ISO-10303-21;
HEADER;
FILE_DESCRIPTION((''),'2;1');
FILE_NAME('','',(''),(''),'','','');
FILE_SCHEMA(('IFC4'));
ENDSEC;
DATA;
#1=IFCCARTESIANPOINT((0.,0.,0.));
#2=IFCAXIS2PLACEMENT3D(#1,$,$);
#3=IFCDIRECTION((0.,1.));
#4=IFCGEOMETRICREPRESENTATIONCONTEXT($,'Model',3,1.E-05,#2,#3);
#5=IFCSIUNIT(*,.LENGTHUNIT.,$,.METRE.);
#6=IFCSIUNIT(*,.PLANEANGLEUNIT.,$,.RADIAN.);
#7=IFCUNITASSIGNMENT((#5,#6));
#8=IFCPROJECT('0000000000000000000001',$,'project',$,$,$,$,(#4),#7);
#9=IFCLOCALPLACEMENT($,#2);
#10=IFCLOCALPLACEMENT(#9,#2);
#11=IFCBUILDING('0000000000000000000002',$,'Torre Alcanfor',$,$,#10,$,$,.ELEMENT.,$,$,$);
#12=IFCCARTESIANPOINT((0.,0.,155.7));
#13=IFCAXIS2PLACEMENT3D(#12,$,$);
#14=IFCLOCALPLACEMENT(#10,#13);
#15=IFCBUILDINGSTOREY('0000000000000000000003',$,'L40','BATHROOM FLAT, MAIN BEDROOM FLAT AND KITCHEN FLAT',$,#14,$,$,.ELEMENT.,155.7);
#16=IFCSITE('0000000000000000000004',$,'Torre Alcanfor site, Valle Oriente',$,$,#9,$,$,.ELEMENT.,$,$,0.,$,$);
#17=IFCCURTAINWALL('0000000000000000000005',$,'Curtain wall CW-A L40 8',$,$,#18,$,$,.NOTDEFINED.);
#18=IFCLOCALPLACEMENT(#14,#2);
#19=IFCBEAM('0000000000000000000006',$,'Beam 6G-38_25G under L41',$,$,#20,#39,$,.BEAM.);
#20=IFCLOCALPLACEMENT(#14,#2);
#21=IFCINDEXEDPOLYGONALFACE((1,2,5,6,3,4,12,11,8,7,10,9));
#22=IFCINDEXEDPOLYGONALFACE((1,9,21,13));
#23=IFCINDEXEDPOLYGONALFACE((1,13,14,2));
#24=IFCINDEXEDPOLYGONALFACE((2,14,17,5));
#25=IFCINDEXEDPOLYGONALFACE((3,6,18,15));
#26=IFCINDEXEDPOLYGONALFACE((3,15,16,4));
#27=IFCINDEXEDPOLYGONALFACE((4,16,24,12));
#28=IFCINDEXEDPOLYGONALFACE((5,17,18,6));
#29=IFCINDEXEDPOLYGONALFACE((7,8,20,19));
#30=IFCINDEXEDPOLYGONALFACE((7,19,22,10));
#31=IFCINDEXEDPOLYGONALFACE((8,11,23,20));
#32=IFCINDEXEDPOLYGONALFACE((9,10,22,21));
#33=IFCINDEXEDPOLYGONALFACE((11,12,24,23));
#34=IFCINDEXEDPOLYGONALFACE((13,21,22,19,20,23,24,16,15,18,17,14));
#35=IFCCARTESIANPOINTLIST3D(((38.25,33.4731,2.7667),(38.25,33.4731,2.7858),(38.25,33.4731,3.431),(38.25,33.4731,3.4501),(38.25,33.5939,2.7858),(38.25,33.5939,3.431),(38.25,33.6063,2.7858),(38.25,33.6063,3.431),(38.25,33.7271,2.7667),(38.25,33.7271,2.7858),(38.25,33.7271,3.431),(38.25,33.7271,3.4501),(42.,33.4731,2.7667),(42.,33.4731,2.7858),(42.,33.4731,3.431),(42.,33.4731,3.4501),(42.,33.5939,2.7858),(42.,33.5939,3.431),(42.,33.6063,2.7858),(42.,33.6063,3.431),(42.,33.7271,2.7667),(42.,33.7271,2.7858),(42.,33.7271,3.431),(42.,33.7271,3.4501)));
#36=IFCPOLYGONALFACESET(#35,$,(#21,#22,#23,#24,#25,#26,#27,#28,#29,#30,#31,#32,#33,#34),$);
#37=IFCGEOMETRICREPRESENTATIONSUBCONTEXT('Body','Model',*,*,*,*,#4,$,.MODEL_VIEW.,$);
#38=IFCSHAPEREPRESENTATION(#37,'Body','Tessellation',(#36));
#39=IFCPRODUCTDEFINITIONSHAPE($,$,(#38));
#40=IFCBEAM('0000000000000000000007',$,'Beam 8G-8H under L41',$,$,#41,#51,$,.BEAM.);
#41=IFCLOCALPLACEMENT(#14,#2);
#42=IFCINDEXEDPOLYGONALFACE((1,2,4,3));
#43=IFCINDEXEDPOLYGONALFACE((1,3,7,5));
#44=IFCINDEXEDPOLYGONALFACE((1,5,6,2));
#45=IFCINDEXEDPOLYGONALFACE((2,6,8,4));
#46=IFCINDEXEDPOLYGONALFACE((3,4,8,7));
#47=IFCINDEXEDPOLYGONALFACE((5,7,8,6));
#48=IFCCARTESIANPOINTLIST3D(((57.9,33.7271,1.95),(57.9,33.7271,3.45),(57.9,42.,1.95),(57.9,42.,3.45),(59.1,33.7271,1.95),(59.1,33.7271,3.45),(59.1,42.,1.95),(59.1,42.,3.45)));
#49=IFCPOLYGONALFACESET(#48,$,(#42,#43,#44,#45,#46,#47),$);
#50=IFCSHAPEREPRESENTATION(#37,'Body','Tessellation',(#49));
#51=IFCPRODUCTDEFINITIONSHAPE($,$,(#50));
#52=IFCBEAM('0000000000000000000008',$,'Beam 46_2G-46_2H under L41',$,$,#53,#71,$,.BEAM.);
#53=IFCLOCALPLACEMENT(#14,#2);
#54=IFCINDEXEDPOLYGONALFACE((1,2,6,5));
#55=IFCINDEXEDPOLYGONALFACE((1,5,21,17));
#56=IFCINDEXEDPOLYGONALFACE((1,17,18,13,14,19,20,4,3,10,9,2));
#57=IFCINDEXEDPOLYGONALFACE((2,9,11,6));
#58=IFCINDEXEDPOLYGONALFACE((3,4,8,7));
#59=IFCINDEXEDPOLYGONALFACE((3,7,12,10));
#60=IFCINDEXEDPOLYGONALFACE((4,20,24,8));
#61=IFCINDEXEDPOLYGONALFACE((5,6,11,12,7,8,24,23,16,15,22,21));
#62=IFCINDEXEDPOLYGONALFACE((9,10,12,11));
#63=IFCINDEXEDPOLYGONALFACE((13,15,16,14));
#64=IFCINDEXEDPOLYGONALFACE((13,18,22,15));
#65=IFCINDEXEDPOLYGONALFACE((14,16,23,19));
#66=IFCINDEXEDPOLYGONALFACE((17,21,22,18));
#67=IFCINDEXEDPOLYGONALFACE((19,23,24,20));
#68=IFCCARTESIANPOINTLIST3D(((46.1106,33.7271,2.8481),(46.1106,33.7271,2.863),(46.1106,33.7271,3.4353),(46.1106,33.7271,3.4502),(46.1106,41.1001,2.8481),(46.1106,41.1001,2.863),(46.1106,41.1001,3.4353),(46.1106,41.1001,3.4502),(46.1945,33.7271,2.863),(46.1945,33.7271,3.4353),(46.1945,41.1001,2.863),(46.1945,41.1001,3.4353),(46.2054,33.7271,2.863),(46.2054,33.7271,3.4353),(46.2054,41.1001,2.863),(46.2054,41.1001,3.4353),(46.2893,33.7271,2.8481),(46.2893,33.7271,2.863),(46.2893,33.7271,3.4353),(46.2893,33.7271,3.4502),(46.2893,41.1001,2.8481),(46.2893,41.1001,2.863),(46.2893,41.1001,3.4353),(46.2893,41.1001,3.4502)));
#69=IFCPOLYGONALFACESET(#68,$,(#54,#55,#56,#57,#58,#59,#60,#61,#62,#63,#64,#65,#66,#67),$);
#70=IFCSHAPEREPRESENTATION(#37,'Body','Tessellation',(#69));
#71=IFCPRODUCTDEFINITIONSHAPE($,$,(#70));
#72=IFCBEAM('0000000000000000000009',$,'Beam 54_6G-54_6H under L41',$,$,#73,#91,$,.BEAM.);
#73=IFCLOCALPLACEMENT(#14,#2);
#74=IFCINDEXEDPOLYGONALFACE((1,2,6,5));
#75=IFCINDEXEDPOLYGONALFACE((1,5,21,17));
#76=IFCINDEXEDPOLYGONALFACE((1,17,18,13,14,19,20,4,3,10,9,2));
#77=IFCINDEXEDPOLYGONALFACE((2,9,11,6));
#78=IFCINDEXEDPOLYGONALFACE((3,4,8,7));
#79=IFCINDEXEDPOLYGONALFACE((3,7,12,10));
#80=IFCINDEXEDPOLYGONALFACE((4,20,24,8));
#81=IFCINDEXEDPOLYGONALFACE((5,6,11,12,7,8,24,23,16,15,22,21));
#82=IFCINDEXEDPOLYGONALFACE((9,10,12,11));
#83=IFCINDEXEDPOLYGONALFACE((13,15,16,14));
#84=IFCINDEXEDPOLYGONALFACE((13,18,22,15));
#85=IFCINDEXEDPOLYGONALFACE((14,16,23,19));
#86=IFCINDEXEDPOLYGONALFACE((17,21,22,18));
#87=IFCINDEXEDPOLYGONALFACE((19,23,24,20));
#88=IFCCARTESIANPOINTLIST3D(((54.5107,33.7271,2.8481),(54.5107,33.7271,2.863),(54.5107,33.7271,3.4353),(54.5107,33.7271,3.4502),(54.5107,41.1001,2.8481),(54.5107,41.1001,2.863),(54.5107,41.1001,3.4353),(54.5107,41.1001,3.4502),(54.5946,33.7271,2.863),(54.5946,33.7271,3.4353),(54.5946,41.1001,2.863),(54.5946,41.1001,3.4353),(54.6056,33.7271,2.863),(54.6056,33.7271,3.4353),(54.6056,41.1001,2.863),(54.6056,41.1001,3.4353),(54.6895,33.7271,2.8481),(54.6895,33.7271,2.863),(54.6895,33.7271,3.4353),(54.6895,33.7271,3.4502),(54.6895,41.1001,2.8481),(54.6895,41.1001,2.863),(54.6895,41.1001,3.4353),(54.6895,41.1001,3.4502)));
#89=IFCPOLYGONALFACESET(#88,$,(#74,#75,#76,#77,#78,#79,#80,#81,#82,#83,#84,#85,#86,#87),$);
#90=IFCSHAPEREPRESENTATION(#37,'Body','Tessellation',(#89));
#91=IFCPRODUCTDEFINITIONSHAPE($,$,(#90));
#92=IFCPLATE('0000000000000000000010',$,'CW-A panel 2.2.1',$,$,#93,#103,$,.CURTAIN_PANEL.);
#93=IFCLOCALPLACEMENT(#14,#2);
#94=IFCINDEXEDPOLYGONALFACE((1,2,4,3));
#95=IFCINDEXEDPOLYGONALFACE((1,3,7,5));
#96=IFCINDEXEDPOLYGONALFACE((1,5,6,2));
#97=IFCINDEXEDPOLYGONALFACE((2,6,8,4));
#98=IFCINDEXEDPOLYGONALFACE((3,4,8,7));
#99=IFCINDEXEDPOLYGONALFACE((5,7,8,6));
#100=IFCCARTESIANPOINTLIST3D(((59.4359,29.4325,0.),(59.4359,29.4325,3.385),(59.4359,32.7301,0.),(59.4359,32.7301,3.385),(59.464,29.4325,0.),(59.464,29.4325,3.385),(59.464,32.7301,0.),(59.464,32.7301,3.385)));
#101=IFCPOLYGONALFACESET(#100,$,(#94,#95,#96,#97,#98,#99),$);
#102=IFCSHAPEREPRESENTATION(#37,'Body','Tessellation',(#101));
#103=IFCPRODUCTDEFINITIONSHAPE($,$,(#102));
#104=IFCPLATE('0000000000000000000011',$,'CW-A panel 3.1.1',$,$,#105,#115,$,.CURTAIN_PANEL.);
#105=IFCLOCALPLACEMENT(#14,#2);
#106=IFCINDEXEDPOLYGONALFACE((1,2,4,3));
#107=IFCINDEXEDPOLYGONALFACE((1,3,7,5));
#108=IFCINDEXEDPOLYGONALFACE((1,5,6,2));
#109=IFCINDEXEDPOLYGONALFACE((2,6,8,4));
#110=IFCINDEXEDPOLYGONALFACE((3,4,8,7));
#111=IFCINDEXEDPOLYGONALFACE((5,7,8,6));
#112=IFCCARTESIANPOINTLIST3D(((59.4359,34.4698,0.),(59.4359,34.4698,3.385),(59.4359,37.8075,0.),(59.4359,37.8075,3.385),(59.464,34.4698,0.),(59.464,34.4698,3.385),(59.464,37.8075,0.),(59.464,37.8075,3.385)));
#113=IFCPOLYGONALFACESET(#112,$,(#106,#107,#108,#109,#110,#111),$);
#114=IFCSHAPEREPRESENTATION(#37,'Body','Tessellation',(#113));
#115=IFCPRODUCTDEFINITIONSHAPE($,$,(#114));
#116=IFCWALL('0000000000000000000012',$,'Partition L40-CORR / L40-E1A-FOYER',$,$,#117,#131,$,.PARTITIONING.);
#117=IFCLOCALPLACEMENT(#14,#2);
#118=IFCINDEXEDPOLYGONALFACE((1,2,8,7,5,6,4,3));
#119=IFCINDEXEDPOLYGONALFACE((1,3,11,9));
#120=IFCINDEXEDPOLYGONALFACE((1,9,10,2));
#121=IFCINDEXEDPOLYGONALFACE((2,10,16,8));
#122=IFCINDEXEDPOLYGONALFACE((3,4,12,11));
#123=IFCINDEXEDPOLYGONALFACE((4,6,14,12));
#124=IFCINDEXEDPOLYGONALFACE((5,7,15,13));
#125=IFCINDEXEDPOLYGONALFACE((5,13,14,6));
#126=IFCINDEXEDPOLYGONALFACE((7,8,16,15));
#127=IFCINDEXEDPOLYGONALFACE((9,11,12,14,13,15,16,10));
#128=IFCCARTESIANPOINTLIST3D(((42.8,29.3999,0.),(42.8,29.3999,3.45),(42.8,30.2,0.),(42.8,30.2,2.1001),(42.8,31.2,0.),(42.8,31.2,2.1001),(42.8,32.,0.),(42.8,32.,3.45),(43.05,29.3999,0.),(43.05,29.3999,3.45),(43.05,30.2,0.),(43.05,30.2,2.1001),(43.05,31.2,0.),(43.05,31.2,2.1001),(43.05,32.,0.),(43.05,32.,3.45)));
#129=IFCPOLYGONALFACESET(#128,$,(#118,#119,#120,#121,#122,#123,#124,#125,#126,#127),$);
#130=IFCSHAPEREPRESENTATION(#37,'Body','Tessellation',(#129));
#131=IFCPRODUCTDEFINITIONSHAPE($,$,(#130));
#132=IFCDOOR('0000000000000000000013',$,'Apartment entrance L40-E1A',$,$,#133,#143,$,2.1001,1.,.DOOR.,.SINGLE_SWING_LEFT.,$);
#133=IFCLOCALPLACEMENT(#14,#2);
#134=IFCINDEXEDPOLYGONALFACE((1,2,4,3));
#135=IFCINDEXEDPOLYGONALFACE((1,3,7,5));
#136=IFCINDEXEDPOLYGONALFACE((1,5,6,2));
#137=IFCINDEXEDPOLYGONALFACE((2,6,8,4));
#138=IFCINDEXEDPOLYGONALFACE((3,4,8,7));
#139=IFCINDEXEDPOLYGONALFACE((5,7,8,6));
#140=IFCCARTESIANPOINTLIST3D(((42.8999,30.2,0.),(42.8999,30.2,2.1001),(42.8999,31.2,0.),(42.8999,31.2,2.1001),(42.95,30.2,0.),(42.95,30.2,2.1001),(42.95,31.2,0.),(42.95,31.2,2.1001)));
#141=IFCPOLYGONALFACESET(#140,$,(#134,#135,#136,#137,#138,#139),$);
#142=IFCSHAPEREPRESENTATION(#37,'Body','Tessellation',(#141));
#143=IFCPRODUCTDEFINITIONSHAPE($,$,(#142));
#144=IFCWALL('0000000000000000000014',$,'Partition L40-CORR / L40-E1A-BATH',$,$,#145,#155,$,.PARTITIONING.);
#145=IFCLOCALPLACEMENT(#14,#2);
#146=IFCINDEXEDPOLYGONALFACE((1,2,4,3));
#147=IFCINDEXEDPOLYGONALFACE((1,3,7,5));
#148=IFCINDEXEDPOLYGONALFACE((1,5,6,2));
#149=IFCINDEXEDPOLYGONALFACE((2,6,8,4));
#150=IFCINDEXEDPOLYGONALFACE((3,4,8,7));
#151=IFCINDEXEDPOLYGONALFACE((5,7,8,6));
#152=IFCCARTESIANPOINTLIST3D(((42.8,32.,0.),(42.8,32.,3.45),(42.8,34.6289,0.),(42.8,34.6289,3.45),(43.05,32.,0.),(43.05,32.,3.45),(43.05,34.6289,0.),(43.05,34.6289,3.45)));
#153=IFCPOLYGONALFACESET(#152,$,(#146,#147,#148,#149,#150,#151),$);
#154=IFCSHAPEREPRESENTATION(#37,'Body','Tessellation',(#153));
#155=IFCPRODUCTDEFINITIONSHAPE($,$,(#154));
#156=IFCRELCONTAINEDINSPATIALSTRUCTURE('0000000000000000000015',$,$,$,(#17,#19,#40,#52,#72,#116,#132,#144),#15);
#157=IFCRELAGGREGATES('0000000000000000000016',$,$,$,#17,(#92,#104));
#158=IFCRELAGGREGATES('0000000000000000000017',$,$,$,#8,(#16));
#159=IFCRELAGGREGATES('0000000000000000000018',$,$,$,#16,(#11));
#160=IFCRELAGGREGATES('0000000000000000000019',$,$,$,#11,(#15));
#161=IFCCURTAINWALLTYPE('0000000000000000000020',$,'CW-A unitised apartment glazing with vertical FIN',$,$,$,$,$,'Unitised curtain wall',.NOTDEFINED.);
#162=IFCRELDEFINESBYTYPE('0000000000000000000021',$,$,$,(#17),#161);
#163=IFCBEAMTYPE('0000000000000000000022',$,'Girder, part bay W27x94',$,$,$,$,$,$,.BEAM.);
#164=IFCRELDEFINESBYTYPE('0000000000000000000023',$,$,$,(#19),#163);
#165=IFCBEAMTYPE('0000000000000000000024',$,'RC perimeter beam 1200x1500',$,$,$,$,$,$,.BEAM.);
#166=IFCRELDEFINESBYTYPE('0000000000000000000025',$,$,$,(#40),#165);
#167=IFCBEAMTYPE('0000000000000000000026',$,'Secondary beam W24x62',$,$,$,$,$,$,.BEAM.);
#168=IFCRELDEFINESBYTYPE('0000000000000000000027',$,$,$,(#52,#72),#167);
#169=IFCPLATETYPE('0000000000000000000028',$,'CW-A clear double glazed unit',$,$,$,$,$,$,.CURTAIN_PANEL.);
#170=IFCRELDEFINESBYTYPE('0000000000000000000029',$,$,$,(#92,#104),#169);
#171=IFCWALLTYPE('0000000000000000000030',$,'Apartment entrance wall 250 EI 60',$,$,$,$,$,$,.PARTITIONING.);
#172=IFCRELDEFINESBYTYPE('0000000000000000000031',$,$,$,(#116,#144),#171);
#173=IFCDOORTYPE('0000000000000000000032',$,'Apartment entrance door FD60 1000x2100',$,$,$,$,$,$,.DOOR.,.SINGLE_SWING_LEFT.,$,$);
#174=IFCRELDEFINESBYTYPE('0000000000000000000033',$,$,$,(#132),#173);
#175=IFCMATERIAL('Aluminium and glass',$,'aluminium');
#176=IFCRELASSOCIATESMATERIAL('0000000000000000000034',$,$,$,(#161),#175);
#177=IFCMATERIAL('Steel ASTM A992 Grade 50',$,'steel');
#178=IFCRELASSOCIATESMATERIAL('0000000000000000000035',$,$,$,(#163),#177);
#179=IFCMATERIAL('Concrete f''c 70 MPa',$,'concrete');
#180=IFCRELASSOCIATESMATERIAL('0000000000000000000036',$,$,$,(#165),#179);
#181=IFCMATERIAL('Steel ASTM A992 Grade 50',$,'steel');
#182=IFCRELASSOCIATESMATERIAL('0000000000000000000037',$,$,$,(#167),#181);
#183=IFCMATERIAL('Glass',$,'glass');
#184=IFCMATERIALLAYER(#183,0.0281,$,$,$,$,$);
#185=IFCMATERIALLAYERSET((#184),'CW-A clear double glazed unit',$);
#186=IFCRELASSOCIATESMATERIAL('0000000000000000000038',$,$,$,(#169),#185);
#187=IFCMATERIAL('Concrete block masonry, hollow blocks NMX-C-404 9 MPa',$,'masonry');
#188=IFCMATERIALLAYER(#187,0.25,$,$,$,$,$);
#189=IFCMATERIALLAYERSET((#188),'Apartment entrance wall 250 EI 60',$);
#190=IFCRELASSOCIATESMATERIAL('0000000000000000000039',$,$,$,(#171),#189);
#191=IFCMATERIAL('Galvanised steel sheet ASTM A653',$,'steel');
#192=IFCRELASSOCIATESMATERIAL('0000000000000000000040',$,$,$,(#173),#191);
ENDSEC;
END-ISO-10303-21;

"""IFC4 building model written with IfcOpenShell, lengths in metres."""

from ifc_helpers import new_model, si_unit, direction, frame, frame_2d, origin, origin_2d, place, context, subcontext, project, spatial, rectangle, i_section, extrude, material, layer, layer_set, material_profile, profile_set, type_object, element, fill, aggregate, save


model = new_model("IFC4")

# Units and contexts
model_context = context("Model", 3, precision=1e-05, world=origin(), true_north=direction((0.0, 1.0)))
body_context = subcontext(model_context, "Body", "Model", "MODEL_VIEW")
ifc_project = project(units=[si_unit("LENGTHUNIT", "METRE"), si_unit("PLANEANGLEUNIT", "RADIAN")], contexts=[model_context])

# Site, building, storey
site_placement = place(None, origin())
site = spatial("IfcSite", under=ifc_project, at=site_placement, Name="Torre Alcanfor site, Valle Oriente", CompositionType="ELEMENT", RefElevation=0.0)
building_placement = place(site_placement, origin())
building = spatial("IfcBuilding", under=site, at=building_placement, Name="Torre Alcanfor", CompositionType="ELEMENT")
storey_placement = place(building_placement, frame((0.0, 0.0, 155.7)))
storey = spatial("IfcBuildingStorey", under=building, at=storey_placement, Name="L40", Description="BATHROOM FLAT, MAIN BEDROOM FLAT AND KITCHEN FLAT", CompositionType="ELEMENT", Elevation=155.7)

# Curtain wall
ifc_material_1 = material(Name="Aluminium and glass", Category="aluminium")
curtain_wall_type = type_object("IfcCurtainWallType", Name="CW-A unitised apartment glazing with vertical FIN", ElementType="Unitised curtain wall", PredefinedType="NOTDEFINED", material=ifc_material_1)
curtain_wall_placement = place(storey_placement, origin())
curtain_wall = element("IfcCurtainWall", 1, at=curtain_wall_placement, inside=storey, type_object=curtain_wall_type, Name="Curtain wall CW-A L40 8", PredefinedType="NOTDEFINED")

# Beams
ifc_material_2 = material(Name="Steel ASTM A992 Grade 50", Category="steel")
ifc_material_profile_1 = material_profile(ifc_material_2, i_section(OverallWidth=0.2539, OverallDepth=0.6833, WebThickness=0.0125, FlangeThickness=0.019, at=origin_2d()), Name="W27x94")
ifc_profile_set_1 = profile_set([ifc_material_profile_1], Name="Steel ASTM A992 Grade 50")
beam_type_1 = type_object("IfcBeamType", Name="Girder, part bay W27x94", PredefinedType="BEAM", material=ifc_profile_set_1)
beam_1_placement = place(storey_placement, frame((42.0, 33.6001, 3.1084), z_axis=(-1.0, 0.0, 0.0), x_axis=(0.0, -1.0, 0.0)))
element("IfcBeam", 2, at=beam_1_placement, inside=storey, type_object=beam_type_1, Name="Beam 6G-38_25G under L41", PredefinedType="BEAM", context=body_context, shape_type="SweptSolid", body=[
    extrude(i_section(OverallWidth=0.2539, OverallDepth=0.6833, WebThickness=0.0125, FlangeThickness=0.019, at=origin_2d()), origin(), (0.0, 0.0, 1.0), 3.75),
])
ifc_material_3 = material(Name="Concrete f'c 70 MPa", Category="concrete")
ifc_material_profile_2 = material_profile(ifc_material_3, rectangle(XDim=1.2, YDim=1.5, at=origin_2d()), Name="1200x1500")
ifc_profile_set_2 = profile_set([ifc_material_profile_2], Name="Concrete f'c 70 MPa")
beam_type_2 = type_object("IfcBeamType", Name="RC perimeter beam 1200x1500", PredefinedType="BEAM", material=ifc_profile_set_2)
beam_2_placement = place(storey_placement, frame((58.5, 33.7271, 2.7), z_axis=(0.0, 1.0, 0.0), x_axis=(-1.0, 0.0, 0.0)))
element("IfcBeam", 3, at=beam_2_placement, inside=storey, type_object=beam_type_2, Name="Beam 8G-8H under L41", PredefinedType="BEAM", context=body_context, shape_type="SweptSolid", body=[
    extrude(rectangle(XDim=1.2, YDim=1.5, at=origin_2d()), origin(), (0.0, 0.0, 1.0), 8.2729),
])
ifc_material_4 = material(Name="Steel ASTM A992 Grade 50", Category="steel")
ifc_material_profile_3 = material_profile(ifc_material_4, i_section(OverallWidth=0.1787, OverallDepth=0.6021, WebThickness=0.011, FlangeThickness=0.0149, at=origin_2d()), Name="W24x62")
ifc_profile_set_3 = profile_set([ifc_material_profile_3], Name="Steel ASTM A992 Grade 50")
beam_type_3 = type_object("IfcBeamType", Name="Secondary beam W24x62", PredefinedType="BEAM", material=ifc_profile_set_3)
for number, where, z_axis, x_axis, name in (
    (4, (46.2, 33.7271, 3.1492), (0.0, 1.0, 0.0), (-1.0, 0.0, 0.0), "Beam 46_2G-46_2H under L41"),
    (5, (54.6001, 33.7271, 3.1492), (0.0, 1.0, 0.0), (-1.0, 0.0, 0.0), "Beam 54_6G-54_6H under L41"),
):
    element("IfcBeam", number, at=place(storey_placement, frame(where, z_axis=z_axis, x_axis=x_axis)), inside=storey, type_object=beam_type_3, Name=name, PredefinedType="BEAM", context=body_context, shape_type="SweptSolid", body=[
        extrude(i_section(OverallWidth=0.1787, OverallDepth=0.6021, WebThickness=0.011, FlangeThickness=0.0149, at=origin_2d()), origin(), (0.0, 0.0, 1.0), 7.373),
    ])

# Plates
ifc_material_5 = material(Name="Glass", Category="glass")
ifc_layer_1 = layer(ifc_material_5, 0.0281)
ifc_layer_set_1 = layer_set([ifc_layer_1], Name="CW-A clear double glazed unit")
plate_type = type_object("IfcPlateType", Name="CW-A clear double glazed unit", PredefinedType="CURTAIN_PANEL", material=ifc_layer_set_1)
plate_1_placement = place(storey_placement, frame((59.45, 31.0813, 0.0), z_axis=(0.0, 0.0, 1.0), x_axis=(0.0, 1.0, 0.0)))
plate_1 = element("IfcPlate", 6, at=plate_1_placement, type_object=plate_type, Name="CW-A panel 2.2.1", PredefinedType="CURTAIN_PANEL", context=body_context, shape_type="SweptSolid", body=[
    extrude(rectangle(XDim=3.2976, YDim=0.0281, at=origin_2d()), origin(), (0.0, 0.0, 1.0), 3.385),
])
plate_2_placement = place(storey_placement, frame((59.45, 36.1387, 0.0), z_axis=(0.0, 0.0, 1.0), x_axis=(0.0, 1.0, 0.0)))
plate_2 = element("IfcPlate", 7, at=plate_2_placement, type_object=plate_type, Name="CW-A panel 3.1.1", PredefinedType="CURTAIN_PANEL", context=body_context, shape_type="SweptSolid", body=[
    extrude(rectangle(XDim=3.3376, YDim=0.0281, at=origin_2d()), origin(), (0.0, 0.0, 1.0), 3.385),
])
aggregate(curtain_wall, [plate_1, plate_2])

# Wall, opening, door
ifc_material_6 = material(Name="Concrete block masonry, hollow blocks NMX-C-404 9 MPa", Category="masonry")
ifc_layer_2 = layer(ifc_material_6, 0.25)
ifc_layer_set_2 = layer_set([ifc_layer_2], Name="Apartment entrance wall 250 EI 60")
wall_type_1 = type_object("IfcWallType", Name="Apartment entrance wall 250 EI 60", PredefinedType="PARTITIONING", material=ifc_layer_set_2)
wall_1_placement = place(storey_placement, frame((42.925, 32.0, 0.0), z_axis=(0.0, 0.0, 1.0), x_axis=(0.0, -1.0, 0.0)))
wall_1 = element("IfcWall", 8, at=wall_1_placement, inside=storey, type_object=wall_type_1, Name="Partition L40-CORR / L40-E1A-FOYER", PredefinedType="PARTITIONING", context=body_context, shape_type="SweptSolid", body=[
    extrude(rectangle(XDim=2.6001, YDim=0.25, at=frame_2d((1.3, 0.0))), origin(), (0.0, 0.0, 1.0), 3.45),
])
opening_1_placement = place(wall_1_placement, frame((0.8, 0.0, 0.0)))
opening_1 = element("IfcOpeningElement", 9, at=opening_1_placement, cuts=wall_1, PredefinedType="OPENING", context=body_context, shape_type="SweptSolid", body=[
    extrude(rectangle(XDim=1.0, YDim=2.1001, at=frame_2d((0.5, 1.05))), frame((0.0, 0.135, 0.0), z_axis=(0.0, -1.0, 0.0), x_axis=(1.0, 0.0, 0.0)), (0.0, 0.0, 1.0), 0.27),
])
ifc_material_7 = material(Name="Galvanised steel sheet ASTM A653", Category="steel")
door_type_1 = type_object("IfcDoorType", Name="Apartment entrance door FD60 1000x2100", OperationType="SINGLE_SWING_LEFT", PredefinedType="DOOR", material=ifc_material_7)
door_1_placement = place(opening_1_placement, origin())
door_1 = element("IfcDoor", 10, at=door_1_placement, inside=storey, type_object=door_type_1, Name="Apartment entrance L40-E1A", OperationType="SINGLE_SWING_LEFT", OverallHeight=2.1001, OverallWidth=1.0, PredefinedType="DOOR", context=body_context, shape_type="SweptSolid", body=[
    extrude(rectangle(XDim=1.0, YDim=2.1001, at=frame_2d((0.5, 1.05))), frame((0.0, 0.0249, 0.0), z_axis=(0.0, -1.0, 0.0), x_axis=(1.0, 0.0, 0.0)), (0.0, 0.0, 1.0), 0.05),
])
fill(opening_1, door_1)

# Wall
wall_2_placement = place(storey_placement, frame((42.925, 34.6289, 0.0), z_axis=(0.0, 0.0, 1.0), x_axis=(0.0, -1.0, 0.0)))
element("IfcWall", 11, at=wall_2_placement, inside=storey, type_object=wall_type_1, Name="Partition L40-CORR / L40-E1A-BATH", PredefinedType="PARTITIONING", context=body_context, shape_type="SweptSolid", body=[
    extrude(rectangle(XDim=2.6289, YDim=0.25, at=frame_2d((1.3145, 0.0))), origin(), (0.0, 0.0, 1.0), 3.45),
])

save(model, "model.ifc")
